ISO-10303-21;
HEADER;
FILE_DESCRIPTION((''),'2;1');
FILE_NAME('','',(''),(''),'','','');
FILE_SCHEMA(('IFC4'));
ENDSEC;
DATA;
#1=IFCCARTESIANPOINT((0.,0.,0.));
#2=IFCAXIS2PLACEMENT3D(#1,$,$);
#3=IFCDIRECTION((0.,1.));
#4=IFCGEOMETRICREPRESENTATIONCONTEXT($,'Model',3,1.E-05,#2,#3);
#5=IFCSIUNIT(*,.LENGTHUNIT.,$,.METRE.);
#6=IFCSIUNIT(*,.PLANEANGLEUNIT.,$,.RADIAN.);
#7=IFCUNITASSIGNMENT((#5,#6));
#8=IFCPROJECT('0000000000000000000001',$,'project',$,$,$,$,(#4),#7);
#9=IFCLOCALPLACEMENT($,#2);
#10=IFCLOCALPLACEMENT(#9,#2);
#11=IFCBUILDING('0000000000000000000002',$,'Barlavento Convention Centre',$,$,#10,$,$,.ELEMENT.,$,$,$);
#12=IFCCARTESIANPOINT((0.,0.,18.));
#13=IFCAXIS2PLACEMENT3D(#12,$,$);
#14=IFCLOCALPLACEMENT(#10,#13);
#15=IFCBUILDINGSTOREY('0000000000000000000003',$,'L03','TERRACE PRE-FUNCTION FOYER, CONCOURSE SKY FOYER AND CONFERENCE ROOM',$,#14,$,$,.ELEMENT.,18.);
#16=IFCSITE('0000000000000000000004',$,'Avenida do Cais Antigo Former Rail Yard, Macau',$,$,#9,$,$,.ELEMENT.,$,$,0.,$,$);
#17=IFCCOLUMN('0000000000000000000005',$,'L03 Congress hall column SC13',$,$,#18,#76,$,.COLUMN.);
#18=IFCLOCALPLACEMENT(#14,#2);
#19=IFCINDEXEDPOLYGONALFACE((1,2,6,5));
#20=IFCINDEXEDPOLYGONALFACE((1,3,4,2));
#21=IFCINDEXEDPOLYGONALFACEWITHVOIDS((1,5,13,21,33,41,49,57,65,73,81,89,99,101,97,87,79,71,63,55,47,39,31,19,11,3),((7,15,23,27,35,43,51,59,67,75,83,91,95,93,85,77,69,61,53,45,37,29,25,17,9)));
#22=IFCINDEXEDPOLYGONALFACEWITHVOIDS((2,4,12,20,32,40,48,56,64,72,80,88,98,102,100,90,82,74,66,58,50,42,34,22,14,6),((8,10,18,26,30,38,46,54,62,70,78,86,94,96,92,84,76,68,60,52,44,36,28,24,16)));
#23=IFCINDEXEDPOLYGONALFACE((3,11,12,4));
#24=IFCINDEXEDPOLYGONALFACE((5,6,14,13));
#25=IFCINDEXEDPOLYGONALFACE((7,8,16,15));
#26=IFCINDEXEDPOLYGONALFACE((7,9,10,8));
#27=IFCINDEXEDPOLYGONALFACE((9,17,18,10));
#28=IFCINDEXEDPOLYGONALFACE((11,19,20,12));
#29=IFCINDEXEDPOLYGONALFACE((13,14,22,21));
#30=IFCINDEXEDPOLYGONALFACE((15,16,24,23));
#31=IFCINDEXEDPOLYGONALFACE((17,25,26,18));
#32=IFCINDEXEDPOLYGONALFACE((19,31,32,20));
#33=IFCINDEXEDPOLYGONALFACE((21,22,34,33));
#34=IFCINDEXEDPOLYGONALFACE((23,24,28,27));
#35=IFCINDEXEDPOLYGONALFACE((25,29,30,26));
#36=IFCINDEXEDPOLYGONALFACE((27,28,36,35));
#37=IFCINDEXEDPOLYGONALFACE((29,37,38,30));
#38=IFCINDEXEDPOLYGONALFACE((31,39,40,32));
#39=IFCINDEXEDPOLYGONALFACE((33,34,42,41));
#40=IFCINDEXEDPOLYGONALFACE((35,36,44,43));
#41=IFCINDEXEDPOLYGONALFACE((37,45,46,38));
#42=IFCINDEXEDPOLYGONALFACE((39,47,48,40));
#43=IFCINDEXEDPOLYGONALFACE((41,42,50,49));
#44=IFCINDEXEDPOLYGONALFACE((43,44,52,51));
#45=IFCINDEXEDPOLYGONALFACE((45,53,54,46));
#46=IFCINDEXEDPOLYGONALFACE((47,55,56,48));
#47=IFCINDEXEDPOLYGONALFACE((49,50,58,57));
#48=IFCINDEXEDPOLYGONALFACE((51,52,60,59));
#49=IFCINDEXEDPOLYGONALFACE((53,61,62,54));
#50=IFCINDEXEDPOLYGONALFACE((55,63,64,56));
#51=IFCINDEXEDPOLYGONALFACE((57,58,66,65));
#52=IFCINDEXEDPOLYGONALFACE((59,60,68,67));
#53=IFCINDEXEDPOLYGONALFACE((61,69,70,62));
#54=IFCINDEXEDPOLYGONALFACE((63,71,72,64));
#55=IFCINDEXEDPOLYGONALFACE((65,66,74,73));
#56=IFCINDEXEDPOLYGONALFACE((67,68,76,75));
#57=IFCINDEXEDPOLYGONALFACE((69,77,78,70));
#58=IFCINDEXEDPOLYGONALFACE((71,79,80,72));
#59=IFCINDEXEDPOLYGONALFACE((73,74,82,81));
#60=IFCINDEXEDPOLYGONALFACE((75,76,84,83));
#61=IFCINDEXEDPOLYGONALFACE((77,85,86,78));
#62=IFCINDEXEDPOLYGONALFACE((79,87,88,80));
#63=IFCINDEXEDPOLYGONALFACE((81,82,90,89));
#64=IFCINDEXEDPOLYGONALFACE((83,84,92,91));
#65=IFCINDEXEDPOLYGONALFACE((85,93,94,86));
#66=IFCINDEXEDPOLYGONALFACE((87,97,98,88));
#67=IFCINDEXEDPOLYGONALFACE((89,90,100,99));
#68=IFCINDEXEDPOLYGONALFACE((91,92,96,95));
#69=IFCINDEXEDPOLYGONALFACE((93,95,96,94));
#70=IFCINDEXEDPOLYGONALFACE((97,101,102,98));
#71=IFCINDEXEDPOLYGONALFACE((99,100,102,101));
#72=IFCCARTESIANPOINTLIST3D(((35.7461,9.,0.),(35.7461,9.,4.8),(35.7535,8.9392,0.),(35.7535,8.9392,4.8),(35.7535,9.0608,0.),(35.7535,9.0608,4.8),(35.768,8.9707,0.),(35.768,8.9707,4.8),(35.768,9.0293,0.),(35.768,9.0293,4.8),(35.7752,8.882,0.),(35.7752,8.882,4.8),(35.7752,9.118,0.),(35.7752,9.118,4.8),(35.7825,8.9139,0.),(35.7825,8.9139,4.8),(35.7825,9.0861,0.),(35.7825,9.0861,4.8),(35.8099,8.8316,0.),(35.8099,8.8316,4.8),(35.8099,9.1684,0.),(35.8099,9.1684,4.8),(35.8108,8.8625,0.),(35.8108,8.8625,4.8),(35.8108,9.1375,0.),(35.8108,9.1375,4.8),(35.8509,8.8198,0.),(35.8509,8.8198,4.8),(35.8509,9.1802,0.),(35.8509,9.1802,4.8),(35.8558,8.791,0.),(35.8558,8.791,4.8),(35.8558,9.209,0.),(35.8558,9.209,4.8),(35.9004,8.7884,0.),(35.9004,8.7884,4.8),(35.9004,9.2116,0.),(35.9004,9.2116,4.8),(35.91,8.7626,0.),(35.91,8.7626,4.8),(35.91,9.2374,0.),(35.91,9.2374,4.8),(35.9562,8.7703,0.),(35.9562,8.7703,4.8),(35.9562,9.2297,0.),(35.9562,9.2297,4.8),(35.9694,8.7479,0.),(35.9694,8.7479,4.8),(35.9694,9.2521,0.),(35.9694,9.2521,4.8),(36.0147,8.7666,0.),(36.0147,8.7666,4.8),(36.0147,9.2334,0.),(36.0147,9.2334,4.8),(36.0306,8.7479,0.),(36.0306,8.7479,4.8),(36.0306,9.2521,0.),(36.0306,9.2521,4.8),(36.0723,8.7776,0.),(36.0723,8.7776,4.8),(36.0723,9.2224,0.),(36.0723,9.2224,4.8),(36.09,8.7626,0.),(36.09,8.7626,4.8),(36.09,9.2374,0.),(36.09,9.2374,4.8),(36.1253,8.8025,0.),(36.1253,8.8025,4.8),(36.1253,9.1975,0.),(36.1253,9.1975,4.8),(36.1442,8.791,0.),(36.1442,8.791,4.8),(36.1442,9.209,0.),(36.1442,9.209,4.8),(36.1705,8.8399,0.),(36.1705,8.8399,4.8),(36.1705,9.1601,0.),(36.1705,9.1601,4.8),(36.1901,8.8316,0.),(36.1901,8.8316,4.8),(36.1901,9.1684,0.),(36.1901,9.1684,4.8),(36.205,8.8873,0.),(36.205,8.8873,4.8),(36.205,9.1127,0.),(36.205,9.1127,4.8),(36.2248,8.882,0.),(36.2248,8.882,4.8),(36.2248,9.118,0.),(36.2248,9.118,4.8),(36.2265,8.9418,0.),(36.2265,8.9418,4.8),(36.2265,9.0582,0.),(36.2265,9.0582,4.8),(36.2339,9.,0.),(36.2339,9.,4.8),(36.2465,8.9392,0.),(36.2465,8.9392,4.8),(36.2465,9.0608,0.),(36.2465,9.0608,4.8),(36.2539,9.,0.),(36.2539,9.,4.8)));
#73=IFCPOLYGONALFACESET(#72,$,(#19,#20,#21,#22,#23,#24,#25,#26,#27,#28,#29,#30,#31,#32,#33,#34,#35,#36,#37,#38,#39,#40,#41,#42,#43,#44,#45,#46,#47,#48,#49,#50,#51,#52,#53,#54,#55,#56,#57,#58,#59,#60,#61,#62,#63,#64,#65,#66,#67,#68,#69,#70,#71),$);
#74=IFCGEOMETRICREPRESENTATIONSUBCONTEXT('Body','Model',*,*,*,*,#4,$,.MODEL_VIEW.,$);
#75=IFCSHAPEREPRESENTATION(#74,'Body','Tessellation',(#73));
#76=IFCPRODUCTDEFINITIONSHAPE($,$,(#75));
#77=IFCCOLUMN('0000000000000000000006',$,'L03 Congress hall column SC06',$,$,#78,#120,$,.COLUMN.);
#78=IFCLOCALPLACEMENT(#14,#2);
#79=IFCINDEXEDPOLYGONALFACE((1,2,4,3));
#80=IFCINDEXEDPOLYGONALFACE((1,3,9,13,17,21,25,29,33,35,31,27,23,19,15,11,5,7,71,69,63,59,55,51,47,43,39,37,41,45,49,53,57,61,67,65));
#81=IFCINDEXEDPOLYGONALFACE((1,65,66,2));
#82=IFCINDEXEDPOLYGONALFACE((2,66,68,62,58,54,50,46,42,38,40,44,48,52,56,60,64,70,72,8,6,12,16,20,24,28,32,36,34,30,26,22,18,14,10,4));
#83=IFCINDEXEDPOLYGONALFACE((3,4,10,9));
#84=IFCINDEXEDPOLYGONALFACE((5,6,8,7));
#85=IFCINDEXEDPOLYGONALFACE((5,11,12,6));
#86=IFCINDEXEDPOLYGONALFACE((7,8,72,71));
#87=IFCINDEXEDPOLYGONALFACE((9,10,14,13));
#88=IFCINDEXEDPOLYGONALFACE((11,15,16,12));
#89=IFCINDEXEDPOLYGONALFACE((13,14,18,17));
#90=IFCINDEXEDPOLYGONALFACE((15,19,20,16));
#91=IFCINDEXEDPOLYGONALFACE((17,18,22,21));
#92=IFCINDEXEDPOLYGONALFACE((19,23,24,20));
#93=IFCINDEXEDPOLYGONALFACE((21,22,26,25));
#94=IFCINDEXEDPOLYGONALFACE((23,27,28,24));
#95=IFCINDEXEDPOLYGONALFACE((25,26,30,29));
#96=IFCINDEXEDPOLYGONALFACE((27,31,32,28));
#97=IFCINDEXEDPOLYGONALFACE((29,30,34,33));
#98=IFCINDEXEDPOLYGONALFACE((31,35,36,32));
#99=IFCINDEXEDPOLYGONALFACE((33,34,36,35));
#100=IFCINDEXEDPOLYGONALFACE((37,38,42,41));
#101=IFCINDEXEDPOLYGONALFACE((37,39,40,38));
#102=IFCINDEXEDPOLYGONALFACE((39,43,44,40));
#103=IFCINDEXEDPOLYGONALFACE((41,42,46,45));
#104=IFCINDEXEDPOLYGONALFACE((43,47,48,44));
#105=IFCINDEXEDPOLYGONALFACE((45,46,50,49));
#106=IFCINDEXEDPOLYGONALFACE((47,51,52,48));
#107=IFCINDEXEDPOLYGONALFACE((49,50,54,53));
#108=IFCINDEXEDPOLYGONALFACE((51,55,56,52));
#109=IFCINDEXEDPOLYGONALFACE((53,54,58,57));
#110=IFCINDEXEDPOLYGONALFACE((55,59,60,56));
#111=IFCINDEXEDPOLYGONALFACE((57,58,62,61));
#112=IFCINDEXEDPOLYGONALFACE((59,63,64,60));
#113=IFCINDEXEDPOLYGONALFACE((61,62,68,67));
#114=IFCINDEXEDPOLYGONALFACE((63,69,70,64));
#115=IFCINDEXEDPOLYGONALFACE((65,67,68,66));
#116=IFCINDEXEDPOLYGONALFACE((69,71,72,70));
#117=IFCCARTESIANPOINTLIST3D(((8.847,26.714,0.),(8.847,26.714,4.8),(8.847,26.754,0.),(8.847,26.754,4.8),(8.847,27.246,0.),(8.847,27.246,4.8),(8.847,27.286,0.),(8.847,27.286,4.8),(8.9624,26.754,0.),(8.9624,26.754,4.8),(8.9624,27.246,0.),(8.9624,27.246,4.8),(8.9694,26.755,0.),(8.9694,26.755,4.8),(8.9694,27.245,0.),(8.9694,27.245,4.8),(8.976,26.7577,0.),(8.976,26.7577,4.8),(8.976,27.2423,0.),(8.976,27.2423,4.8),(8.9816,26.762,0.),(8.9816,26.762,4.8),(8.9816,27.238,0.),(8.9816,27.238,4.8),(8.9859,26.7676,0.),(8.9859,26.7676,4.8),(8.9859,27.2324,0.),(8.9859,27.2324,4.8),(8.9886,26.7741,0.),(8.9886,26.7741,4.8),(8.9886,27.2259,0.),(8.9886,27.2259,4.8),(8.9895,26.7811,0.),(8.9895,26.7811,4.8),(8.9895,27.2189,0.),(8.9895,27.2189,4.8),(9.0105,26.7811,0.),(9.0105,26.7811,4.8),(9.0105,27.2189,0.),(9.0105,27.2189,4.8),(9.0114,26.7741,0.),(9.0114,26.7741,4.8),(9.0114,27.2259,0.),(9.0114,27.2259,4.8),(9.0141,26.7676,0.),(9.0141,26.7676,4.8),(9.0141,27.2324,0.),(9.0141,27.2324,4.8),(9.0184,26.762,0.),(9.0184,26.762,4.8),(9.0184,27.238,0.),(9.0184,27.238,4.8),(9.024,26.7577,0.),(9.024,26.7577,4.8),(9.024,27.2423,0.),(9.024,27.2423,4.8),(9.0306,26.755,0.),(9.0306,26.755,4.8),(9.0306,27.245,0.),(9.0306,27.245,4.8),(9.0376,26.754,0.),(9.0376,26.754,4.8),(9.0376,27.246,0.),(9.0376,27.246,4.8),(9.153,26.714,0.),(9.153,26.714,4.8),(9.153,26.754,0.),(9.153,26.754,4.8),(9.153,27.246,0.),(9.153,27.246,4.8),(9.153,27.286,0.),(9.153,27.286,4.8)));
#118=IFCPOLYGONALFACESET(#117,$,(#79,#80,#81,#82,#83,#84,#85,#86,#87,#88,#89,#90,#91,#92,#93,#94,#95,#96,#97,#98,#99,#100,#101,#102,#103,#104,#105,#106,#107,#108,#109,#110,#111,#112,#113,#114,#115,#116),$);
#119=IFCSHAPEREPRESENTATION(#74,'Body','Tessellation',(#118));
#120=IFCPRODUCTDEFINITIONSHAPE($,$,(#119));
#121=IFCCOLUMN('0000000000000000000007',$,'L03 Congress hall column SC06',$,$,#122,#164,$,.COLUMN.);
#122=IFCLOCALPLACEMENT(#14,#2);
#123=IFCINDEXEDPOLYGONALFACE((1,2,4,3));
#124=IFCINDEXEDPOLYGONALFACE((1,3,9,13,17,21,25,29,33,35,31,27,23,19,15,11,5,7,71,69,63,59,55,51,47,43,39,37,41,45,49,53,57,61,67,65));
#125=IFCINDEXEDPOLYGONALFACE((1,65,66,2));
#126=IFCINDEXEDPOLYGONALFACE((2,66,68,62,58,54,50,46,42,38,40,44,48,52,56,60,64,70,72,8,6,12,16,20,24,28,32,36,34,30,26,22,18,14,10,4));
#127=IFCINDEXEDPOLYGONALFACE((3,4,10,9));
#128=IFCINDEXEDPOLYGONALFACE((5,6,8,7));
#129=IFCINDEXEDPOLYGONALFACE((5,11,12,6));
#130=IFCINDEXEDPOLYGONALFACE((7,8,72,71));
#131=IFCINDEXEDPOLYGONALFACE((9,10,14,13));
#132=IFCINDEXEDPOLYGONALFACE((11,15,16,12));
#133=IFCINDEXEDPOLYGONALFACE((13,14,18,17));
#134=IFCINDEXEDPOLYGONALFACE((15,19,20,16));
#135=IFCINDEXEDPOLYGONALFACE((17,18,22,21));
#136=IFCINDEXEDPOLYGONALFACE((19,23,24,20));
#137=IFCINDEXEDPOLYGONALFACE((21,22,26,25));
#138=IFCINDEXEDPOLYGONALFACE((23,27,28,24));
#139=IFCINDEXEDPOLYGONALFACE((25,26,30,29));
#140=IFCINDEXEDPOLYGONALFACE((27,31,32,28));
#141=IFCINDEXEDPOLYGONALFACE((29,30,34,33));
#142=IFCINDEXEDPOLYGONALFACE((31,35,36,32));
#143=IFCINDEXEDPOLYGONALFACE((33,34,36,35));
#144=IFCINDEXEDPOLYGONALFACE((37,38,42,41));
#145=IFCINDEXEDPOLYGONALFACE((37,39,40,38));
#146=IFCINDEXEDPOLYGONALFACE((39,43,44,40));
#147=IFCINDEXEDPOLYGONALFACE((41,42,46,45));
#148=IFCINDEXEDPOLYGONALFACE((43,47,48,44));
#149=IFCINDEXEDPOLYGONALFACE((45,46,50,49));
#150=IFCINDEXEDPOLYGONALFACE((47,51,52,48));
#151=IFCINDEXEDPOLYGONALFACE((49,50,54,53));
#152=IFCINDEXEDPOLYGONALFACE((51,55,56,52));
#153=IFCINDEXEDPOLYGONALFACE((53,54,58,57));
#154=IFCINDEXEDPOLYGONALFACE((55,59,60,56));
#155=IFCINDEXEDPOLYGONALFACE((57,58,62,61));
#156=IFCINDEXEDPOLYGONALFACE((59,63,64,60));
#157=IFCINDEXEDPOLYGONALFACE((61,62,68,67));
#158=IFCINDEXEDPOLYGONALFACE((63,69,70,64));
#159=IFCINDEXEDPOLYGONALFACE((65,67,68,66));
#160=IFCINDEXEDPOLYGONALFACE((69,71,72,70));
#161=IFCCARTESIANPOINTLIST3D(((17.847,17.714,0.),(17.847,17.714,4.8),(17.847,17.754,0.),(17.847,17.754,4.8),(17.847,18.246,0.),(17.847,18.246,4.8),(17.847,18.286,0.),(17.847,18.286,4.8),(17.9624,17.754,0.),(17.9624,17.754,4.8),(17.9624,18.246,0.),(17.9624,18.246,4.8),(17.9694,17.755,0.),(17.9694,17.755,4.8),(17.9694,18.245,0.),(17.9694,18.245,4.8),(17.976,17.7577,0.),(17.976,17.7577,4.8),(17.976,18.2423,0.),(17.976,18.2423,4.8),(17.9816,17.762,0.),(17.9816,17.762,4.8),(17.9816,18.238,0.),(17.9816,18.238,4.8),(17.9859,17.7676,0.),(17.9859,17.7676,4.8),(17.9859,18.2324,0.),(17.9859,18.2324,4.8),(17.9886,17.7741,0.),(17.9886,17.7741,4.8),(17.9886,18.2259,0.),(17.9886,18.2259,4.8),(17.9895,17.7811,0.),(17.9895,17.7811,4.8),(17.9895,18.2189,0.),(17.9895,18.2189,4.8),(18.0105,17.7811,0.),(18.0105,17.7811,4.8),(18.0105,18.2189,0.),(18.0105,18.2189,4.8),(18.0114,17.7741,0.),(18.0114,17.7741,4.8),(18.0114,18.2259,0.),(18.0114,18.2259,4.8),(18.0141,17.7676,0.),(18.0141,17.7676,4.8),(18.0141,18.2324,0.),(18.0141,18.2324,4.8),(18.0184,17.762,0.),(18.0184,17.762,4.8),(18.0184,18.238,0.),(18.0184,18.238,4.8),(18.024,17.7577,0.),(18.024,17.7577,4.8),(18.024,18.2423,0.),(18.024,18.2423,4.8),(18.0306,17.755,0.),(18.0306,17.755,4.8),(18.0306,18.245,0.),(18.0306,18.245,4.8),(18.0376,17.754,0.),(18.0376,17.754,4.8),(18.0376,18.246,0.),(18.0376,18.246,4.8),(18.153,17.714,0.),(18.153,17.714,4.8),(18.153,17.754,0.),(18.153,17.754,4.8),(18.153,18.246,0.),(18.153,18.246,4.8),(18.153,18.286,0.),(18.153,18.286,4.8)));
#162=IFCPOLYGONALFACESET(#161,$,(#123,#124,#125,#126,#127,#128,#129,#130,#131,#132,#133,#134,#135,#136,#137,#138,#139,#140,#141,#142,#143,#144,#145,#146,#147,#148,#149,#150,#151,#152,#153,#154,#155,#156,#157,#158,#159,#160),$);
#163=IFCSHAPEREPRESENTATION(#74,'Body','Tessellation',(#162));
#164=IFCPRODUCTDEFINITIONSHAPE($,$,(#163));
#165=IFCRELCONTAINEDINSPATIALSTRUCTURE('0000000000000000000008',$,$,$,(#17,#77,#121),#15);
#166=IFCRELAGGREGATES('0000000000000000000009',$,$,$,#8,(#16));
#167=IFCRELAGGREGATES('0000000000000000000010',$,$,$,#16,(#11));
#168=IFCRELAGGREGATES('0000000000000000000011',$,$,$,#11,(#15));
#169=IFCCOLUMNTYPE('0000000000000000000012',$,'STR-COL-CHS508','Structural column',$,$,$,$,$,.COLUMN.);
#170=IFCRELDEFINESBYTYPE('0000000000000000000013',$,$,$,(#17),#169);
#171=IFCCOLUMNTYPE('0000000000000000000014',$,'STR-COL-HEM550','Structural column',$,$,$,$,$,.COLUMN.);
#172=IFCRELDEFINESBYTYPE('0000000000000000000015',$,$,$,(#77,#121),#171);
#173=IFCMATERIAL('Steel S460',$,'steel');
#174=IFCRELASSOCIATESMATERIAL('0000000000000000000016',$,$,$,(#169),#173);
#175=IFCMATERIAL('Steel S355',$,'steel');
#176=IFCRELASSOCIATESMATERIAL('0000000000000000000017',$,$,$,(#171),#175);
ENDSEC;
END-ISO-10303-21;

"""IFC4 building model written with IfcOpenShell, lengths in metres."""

from ifc_helpers import new_model, si_unit, direction, frame, origin, origin_2d, place, context, subcontext, project, spatial, hollow_circle, i_section, extrude, material, material_profile, profile_set, type_object, element, save


model = new_model("IFC4")

# Units and contexts
model_context = context("Model", 3, precision=1e-05, world=origin(), true_north=direction((0.0, 1.0)))
body_context = subcontext(model_context, "Body", "Model", "MODEL_VIEW")
ifc_project = project(units=[si_unit("LENGTHUNIT", "METRE"), si_unit("PLANEANGLEUNIT", "RADIAN")], contexts=[model_context])

# Site, building, storey
site_placement = place(None, origin())
site = spatial("IfcSite", under=ifc_project, at=site_placement, Name="Avenida do Cais Antigo Former Rail Yard, Macau", CompositionType="ELEMENT", RefElevation=0.0)
building_placement = place(site_placement, origin())
building = spatial("IfcBuilding", under=site, at=building_placement, Name="Barlavento Convention Centre", CompositionType="ELEMENT")
storey_placement = place(building_placement, frame((0.0, 0.0, 18.0)))
storey = spatial("IfcBuildingStorey", under=building, at=storey_placement, Name="L03", Description="TERRACE PRE-FUNCTION FOYER, CONCOURSE SKY FOYER AND CONFERENCE ROOM", CompositionType="ELEMENT", Elevation=18.0)

# Columns
ifc_material_1 = material(Name="Steel S355", Category="steel")
ifc_material_2 = material(Name="Steel S460", Category="steel")
ifc_material_profile_1 = material_profile(ifc_material_2, hollow_circle(Radius=0.2539, WallThickness=0.02, at=origin_2d()), Name="CHS 508.0x20.0")
ifc_profile_set_1 = profile_set([ifc_material_profile_1], Name="Steel S460")
column_type_1 = type_object("IfcColumnType", Name="STR-COL-CHS508", Description="Structural column", PredefinedType="COLUMN", material=ifc_profile_set_1)
for number, where, z_axis, x_axis, name in (
    (1, (36.0, 9.0, 0.0), (0.0, 0.0, 1.0), (1.0, 0.0, 0.0), "L03 Congress hall column SC13"),
):
    element("IfcColumn", number, at=place(storey_placement, frame(where, z_axis=z_axis, x_axis=x_axis)), inside=storey, type_object=column_type_1, Name=name, PredefinedType="COLUMN", context=body_context, shape_type="SweptSolid", body=[
        extrude(hollow_circle(Radius=0.2539, WallThickness=0.02, at=origin_2d()), origin(), (0.0, 0.0, 1.0), 4.8),
    ])
ifc_material_profile_2 = material_profile(ifc_material_1, i_section(OverallWidth=0.3059, OverallDepth=0.572, WebThickness=0.021, FlangeThickness=0.04, FilletRadius=0.0271, at=origin_2d()), Name="HEM 550")
ifc_profile_set_2 = profile_set([ifc_material_profile_2], Name="Steel S355")
column_type_2 = type_object("IfcColumnType", Name="STR-COL-HEM550", Description="Structural column", PredefinedType="COLUMN", material=ifc_profile_set_2)
for number, where, z_axis, x_axis, name in (
    (2, (9.0, 27.0, 0.0), (0.0, 0.0, 1.0), (1.0, 0.0, 0.0), "L03 Congress hall column SC06"),
    (3, (18.0, 18.0, 0.0), (0.0, 0.0, 1.0), (1.0, 0.0, 0.0), "L03 Congress hall column SC06"),
):
    element("IfcColumn", number, at=place(storey_placement, frame(where, z_axis=z_axis, x_axis=x_axis)), inside=storey, type_object=column_type_2, Name=name, PredefinedType="COLUMN", context=body_context, shape_type="SweptSolid", body=[
        extrude(i_section(OverallWidth=0.3059, OverallDepth=0.572, WebThickness=0.021, FlangeThickness=0.04, FilletRadius=0.0271, at=origin_2d()), origin(), (0.0, 0.0, 1.0), 4.8),
    ])

save(model, "model.ifc")
